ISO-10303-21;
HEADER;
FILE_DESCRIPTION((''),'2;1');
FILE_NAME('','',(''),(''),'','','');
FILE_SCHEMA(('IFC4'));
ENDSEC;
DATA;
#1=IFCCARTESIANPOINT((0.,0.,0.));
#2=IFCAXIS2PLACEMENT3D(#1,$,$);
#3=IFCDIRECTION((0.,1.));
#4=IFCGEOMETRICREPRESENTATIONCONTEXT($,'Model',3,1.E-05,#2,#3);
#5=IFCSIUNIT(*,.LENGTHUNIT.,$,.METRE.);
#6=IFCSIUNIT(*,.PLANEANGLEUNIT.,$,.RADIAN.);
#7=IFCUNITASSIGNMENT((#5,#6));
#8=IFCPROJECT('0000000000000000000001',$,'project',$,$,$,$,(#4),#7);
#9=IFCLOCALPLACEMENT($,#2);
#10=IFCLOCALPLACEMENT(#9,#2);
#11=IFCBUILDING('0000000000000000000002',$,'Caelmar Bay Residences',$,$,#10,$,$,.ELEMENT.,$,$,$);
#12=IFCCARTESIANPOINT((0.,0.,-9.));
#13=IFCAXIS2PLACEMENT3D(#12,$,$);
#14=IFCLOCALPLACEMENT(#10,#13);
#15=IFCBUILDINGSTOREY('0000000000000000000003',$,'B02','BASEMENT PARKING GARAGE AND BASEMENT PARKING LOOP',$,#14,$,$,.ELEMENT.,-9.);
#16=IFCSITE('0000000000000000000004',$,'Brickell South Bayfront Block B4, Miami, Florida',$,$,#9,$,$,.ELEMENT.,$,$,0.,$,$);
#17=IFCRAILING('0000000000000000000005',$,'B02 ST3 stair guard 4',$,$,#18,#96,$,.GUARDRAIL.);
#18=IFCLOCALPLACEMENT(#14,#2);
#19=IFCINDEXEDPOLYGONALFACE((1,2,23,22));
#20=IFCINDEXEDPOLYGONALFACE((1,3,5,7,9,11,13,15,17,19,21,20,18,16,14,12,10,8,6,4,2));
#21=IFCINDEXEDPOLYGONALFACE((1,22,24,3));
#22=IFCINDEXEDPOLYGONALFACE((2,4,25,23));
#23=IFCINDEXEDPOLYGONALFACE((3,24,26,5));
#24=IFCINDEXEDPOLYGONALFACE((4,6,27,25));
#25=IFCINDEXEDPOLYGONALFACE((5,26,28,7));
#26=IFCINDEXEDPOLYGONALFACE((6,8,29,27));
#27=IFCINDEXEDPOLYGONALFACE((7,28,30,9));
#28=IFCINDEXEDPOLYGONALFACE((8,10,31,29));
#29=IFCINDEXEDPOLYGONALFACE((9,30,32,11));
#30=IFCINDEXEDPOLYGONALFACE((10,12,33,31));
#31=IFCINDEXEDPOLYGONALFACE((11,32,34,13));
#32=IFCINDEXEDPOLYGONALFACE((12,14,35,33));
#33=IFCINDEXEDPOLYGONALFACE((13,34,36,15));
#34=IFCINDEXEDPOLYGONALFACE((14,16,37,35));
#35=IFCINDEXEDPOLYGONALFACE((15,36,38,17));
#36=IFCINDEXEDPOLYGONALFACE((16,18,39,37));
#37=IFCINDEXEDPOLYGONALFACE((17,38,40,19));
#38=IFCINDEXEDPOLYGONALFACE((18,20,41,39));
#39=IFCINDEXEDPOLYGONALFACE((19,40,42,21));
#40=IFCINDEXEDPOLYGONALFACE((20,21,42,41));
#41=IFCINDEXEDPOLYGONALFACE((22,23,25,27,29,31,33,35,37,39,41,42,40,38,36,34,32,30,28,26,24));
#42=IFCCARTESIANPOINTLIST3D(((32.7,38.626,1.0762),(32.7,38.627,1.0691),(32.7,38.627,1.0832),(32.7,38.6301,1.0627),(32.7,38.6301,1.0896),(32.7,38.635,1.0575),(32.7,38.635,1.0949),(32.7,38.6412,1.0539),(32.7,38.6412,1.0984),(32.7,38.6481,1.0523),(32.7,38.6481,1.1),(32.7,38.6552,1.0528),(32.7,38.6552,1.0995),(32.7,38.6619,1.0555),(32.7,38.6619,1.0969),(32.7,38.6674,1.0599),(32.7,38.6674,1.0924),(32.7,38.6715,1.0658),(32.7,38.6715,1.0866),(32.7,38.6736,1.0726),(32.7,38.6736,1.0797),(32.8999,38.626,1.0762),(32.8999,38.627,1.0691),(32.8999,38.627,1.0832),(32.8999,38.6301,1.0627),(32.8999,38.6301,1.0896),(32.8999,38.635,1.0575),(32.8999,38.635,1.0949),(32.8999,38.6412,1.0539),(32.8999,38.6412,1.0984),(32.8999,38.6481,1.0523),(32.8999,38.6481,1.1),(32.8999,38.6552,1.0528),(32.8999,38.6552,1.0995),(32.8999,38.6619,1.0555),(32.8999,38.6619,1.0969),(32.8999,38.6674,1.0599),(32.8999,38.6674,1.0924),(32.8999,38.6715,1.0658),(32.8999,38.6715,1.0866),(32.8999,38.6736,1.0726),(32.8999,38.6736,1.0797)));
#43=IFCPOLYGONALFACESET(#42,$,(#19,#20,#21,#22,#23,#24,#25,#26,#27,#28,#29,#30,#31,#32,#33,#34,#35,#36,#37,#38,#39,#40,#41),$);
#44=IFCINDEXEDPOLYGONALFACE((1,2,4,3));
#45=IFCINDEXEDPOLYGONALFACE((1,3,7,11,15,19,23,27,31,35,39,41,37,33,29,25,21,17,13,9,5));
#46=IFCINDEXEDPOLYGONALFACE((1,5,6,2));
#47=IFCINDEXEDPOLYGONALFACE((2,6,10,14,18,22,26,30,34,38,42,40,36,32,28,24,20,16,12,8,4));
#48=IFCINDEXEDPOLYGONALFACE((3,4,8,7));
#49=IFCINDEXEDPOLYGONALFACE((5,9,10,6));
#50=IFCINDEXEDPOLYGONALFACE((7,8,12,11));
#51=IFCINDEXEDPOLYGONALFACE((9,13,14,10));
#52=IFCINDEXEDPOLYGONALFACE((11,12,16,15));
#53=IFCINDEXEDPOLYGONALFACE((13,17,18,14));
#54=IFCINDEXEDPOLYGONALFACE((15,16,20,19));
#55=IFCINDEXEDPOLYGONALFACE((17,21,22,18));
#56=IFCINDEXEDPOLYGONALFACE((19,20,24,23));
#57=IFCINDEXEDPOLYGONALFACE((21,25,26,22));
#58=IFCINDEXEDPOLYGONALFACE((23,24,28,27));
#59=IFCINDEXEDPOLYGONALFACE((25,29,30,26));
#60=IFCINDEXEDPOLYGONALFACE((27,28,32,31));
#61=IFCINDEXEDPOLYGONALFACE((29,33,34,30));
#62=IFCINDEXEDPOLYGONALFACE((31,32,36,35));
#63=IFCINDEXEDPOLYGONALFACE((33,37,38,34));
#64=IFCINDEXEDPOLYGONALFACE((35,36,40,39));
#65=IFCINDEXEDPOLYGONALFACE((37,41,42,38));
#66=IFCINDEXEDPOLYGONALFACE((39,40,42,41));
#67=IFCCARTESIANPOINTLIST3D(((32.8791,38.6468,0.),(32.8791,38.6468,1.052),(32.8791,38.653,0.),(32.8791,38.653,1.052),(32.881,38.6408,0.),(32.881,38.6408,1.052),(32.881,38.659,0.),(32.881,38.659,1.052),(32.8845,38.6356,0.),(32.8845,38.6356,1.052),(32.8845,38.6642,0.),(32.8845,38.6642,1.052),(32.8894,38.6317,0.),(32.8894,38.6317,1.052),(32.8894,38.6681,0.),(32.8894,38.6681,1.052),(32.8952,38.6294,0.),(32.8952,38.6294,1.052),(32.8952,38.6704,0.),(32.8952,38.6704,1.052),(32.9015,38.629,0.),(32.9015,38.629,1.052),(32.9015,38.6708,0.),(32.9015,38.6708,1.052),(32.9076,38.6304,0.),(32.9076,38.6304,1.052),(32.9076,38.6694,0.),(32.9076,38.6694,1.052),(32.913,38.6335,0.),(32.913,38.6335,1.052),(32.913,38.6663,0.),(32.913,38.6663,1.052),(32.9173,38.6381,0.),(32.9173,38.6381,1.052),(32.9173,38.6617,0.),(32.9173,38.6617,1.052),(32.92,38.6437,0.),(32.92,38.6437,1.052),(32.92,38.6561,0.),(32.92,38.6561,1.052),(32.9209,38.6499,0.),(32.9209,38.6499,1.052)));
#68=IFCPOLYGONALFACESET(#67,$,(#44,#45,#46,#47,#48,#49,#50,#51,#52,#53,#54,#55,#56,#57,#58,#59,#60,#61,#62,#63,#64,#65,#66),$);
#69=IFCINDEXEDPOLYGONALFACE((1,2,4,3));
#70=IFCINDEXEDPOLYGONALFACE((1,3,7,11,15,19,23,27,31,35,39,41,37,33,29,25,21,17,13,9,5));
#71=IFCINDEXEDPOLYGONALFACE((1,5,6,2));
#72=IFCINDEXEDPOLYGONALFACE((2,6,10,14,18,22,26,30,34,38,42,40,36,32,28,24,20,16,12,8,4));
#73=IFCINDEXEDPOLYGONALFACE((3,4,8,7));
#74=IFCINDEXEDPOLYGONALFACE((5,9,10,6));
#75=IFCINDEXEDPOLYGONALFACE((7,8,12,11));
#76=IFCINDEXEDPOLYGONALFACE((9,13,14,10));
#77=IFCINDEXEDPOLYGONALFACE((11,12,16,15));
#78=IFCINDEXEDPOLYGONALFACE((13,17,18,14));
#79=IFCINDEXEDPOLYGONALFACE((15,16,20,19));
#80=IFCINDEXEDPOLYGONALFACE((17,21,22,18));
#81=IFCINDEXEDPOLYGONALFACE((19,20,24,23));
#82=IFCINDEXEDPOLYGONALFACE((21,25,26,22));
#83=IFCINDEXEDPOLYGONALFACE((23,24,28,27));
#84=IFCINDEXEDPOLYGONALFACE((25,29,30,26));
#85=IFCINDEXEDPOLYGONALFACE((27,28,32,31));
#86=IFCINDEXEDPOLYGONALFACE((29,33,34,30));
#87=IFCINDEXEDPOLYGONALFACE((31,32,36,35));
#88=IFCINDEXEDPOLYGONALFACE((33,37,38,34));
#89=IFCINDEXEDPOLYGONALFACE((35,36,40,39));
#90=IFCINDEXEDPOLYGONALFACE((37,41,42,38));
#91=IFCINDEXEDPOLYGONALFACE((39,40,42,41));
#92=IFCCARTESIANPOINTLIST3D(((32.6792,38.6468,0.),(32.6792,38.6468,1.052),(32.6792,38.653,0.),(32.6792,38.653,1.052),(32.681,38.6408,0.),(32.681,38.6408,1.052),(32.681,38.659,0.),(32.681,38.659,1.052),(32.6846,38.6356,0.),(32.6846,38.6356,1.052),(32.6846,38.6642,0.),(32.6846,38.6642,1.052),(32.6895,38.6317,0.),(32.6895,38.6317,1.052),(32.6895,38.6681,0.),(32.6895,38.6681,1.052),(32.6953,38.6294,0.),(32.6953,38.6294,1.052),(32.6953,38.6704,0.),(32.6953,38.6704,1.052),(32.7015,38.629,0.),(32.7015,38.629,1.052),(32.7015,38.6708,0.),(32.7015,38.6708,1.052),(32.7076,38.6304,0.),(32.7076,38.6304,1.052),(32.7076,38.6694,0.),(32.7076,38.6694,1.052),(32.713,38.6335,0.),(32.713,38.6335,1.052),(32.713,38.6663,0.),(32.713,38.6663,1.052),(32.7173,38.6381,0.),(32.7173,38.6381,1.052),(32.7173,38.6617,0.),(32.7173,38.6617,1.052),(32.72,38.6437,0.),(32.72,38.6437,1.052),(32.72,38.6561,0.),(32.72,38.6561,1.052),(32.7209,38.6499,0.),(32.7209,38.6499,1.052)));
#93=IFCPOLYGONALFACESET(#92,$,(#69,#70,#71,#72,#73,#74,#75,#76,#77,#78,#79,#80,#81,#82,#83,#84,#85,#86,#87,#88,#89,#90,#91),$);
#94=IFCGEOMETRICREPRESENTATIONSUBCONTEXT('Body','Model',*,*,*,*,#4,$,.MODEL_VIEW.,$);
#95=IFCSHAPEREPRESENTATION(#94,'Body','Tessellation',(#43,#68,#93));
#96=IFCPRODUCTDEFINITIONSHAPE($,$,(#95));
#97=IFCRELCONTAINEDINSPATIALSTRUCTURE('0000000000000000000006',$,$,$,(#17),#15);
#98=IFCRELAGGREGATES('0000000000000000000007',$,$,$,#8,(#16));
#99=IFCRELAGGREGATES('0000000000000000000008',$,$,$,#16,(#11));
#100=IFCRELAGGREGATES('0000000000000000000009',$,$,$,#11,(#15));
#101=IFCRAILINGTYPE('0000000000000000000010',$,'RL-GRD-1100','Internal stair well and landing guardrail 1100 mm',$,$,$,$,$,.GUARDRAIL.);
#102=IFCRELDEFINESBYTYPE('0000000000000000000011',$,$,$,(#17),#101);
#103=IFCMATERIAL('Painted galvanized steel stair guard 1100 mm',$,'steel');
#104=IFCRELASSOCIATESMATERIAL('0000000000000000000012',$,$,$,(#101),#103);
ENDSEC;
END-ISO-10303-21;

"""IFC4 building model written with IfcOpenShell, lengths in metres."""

from ifc_helpers import new_model, si_unit, direction, frame, origin, origin_2d, place, context, subcontext, project, spatial, circle, extrude, material, type_object, element, save


model = new_model("IFC4")

# Units and contexts
model_context = context("Model", 3, precision=1e-05, world=origin(), true_north=direction((0.0, 1.0)))
body_context = subcontext(model_context, "Body", "Model", "MODEL_VIEW")
ifc_project = project(units=[si_unit("LENGTHUNIT", "METRE"), si_unit("PLANEANGLEUNIT", "RADIAN")], contexts=[model_context])

# Site, building, storey
site_placement = place(None, origin())
site = spatial("IfcSite", under=ifc_project, at=site_placement, Name="Brickell South Bayfront Block B4, Miami, Florida", CompositionType="ELEMENT", RefElevation=0.0)
building_placement = place(site_placement, origin())
building = spatial("IfcBuilding", under=site, at=building_placement, Name="Caelmar Bay Residences", CompositionType="ELEMENT")
storey_placement = place(building_placement, frame((0.0, 0.0, -9.0)))
storey = spatial("IfcBuildingStorey", under=building, at=storey_placement, Name="B02", Description="BASEMENT PARKING GARAGE AND BASEMENT PARKING LOOP", CompositionType="ELEMENT", Elevation=-9.0)

# Railing
ifc_material_1 = material(Name="Painted galvanized steel stair guard 1100 mm", Category="steel")
railing_type_1 = type_object("IfcRailingType", Name="RL-GRD-1100", Description="Internal stair well and landing guardrail 1100 mm", PredefinedType="GUARDRAIL", material=ifc_material_1)
railing_1_placement = place(storey_placement, frame((32.8999, 38.6499, 0.0)))
element("IfcRailing", 1, at=railing_1_placement, inside=storey, type_object=railing_type_1, Name="B02 ST3 stair guard 4", PredefinedType="GUARDRAIL", context=body_context, shape_type="SweptSolid", body=[
    extrude(circle(Radius=0.0239, at=origin_2d()), frame((0.0, 0.0, 1.0762), z_axis=(-1.0, 0.0, 0.0), x_axis=(0.0, -1.0, 0.0)), (0.0, 0.0, 1.0), 0.2),
    extrude(circle(Radius=0.021, at=origin_2d()), origin(), (0.0, 0.0, 1.0), 1.052),
    extrude(circle(Radius=0.021, at=origin_2d()), frame((-0.2, 0.0, 0.0)), (0.0, 0.0, 1.0), 1.052),
])

save(model, "model.ifc")
